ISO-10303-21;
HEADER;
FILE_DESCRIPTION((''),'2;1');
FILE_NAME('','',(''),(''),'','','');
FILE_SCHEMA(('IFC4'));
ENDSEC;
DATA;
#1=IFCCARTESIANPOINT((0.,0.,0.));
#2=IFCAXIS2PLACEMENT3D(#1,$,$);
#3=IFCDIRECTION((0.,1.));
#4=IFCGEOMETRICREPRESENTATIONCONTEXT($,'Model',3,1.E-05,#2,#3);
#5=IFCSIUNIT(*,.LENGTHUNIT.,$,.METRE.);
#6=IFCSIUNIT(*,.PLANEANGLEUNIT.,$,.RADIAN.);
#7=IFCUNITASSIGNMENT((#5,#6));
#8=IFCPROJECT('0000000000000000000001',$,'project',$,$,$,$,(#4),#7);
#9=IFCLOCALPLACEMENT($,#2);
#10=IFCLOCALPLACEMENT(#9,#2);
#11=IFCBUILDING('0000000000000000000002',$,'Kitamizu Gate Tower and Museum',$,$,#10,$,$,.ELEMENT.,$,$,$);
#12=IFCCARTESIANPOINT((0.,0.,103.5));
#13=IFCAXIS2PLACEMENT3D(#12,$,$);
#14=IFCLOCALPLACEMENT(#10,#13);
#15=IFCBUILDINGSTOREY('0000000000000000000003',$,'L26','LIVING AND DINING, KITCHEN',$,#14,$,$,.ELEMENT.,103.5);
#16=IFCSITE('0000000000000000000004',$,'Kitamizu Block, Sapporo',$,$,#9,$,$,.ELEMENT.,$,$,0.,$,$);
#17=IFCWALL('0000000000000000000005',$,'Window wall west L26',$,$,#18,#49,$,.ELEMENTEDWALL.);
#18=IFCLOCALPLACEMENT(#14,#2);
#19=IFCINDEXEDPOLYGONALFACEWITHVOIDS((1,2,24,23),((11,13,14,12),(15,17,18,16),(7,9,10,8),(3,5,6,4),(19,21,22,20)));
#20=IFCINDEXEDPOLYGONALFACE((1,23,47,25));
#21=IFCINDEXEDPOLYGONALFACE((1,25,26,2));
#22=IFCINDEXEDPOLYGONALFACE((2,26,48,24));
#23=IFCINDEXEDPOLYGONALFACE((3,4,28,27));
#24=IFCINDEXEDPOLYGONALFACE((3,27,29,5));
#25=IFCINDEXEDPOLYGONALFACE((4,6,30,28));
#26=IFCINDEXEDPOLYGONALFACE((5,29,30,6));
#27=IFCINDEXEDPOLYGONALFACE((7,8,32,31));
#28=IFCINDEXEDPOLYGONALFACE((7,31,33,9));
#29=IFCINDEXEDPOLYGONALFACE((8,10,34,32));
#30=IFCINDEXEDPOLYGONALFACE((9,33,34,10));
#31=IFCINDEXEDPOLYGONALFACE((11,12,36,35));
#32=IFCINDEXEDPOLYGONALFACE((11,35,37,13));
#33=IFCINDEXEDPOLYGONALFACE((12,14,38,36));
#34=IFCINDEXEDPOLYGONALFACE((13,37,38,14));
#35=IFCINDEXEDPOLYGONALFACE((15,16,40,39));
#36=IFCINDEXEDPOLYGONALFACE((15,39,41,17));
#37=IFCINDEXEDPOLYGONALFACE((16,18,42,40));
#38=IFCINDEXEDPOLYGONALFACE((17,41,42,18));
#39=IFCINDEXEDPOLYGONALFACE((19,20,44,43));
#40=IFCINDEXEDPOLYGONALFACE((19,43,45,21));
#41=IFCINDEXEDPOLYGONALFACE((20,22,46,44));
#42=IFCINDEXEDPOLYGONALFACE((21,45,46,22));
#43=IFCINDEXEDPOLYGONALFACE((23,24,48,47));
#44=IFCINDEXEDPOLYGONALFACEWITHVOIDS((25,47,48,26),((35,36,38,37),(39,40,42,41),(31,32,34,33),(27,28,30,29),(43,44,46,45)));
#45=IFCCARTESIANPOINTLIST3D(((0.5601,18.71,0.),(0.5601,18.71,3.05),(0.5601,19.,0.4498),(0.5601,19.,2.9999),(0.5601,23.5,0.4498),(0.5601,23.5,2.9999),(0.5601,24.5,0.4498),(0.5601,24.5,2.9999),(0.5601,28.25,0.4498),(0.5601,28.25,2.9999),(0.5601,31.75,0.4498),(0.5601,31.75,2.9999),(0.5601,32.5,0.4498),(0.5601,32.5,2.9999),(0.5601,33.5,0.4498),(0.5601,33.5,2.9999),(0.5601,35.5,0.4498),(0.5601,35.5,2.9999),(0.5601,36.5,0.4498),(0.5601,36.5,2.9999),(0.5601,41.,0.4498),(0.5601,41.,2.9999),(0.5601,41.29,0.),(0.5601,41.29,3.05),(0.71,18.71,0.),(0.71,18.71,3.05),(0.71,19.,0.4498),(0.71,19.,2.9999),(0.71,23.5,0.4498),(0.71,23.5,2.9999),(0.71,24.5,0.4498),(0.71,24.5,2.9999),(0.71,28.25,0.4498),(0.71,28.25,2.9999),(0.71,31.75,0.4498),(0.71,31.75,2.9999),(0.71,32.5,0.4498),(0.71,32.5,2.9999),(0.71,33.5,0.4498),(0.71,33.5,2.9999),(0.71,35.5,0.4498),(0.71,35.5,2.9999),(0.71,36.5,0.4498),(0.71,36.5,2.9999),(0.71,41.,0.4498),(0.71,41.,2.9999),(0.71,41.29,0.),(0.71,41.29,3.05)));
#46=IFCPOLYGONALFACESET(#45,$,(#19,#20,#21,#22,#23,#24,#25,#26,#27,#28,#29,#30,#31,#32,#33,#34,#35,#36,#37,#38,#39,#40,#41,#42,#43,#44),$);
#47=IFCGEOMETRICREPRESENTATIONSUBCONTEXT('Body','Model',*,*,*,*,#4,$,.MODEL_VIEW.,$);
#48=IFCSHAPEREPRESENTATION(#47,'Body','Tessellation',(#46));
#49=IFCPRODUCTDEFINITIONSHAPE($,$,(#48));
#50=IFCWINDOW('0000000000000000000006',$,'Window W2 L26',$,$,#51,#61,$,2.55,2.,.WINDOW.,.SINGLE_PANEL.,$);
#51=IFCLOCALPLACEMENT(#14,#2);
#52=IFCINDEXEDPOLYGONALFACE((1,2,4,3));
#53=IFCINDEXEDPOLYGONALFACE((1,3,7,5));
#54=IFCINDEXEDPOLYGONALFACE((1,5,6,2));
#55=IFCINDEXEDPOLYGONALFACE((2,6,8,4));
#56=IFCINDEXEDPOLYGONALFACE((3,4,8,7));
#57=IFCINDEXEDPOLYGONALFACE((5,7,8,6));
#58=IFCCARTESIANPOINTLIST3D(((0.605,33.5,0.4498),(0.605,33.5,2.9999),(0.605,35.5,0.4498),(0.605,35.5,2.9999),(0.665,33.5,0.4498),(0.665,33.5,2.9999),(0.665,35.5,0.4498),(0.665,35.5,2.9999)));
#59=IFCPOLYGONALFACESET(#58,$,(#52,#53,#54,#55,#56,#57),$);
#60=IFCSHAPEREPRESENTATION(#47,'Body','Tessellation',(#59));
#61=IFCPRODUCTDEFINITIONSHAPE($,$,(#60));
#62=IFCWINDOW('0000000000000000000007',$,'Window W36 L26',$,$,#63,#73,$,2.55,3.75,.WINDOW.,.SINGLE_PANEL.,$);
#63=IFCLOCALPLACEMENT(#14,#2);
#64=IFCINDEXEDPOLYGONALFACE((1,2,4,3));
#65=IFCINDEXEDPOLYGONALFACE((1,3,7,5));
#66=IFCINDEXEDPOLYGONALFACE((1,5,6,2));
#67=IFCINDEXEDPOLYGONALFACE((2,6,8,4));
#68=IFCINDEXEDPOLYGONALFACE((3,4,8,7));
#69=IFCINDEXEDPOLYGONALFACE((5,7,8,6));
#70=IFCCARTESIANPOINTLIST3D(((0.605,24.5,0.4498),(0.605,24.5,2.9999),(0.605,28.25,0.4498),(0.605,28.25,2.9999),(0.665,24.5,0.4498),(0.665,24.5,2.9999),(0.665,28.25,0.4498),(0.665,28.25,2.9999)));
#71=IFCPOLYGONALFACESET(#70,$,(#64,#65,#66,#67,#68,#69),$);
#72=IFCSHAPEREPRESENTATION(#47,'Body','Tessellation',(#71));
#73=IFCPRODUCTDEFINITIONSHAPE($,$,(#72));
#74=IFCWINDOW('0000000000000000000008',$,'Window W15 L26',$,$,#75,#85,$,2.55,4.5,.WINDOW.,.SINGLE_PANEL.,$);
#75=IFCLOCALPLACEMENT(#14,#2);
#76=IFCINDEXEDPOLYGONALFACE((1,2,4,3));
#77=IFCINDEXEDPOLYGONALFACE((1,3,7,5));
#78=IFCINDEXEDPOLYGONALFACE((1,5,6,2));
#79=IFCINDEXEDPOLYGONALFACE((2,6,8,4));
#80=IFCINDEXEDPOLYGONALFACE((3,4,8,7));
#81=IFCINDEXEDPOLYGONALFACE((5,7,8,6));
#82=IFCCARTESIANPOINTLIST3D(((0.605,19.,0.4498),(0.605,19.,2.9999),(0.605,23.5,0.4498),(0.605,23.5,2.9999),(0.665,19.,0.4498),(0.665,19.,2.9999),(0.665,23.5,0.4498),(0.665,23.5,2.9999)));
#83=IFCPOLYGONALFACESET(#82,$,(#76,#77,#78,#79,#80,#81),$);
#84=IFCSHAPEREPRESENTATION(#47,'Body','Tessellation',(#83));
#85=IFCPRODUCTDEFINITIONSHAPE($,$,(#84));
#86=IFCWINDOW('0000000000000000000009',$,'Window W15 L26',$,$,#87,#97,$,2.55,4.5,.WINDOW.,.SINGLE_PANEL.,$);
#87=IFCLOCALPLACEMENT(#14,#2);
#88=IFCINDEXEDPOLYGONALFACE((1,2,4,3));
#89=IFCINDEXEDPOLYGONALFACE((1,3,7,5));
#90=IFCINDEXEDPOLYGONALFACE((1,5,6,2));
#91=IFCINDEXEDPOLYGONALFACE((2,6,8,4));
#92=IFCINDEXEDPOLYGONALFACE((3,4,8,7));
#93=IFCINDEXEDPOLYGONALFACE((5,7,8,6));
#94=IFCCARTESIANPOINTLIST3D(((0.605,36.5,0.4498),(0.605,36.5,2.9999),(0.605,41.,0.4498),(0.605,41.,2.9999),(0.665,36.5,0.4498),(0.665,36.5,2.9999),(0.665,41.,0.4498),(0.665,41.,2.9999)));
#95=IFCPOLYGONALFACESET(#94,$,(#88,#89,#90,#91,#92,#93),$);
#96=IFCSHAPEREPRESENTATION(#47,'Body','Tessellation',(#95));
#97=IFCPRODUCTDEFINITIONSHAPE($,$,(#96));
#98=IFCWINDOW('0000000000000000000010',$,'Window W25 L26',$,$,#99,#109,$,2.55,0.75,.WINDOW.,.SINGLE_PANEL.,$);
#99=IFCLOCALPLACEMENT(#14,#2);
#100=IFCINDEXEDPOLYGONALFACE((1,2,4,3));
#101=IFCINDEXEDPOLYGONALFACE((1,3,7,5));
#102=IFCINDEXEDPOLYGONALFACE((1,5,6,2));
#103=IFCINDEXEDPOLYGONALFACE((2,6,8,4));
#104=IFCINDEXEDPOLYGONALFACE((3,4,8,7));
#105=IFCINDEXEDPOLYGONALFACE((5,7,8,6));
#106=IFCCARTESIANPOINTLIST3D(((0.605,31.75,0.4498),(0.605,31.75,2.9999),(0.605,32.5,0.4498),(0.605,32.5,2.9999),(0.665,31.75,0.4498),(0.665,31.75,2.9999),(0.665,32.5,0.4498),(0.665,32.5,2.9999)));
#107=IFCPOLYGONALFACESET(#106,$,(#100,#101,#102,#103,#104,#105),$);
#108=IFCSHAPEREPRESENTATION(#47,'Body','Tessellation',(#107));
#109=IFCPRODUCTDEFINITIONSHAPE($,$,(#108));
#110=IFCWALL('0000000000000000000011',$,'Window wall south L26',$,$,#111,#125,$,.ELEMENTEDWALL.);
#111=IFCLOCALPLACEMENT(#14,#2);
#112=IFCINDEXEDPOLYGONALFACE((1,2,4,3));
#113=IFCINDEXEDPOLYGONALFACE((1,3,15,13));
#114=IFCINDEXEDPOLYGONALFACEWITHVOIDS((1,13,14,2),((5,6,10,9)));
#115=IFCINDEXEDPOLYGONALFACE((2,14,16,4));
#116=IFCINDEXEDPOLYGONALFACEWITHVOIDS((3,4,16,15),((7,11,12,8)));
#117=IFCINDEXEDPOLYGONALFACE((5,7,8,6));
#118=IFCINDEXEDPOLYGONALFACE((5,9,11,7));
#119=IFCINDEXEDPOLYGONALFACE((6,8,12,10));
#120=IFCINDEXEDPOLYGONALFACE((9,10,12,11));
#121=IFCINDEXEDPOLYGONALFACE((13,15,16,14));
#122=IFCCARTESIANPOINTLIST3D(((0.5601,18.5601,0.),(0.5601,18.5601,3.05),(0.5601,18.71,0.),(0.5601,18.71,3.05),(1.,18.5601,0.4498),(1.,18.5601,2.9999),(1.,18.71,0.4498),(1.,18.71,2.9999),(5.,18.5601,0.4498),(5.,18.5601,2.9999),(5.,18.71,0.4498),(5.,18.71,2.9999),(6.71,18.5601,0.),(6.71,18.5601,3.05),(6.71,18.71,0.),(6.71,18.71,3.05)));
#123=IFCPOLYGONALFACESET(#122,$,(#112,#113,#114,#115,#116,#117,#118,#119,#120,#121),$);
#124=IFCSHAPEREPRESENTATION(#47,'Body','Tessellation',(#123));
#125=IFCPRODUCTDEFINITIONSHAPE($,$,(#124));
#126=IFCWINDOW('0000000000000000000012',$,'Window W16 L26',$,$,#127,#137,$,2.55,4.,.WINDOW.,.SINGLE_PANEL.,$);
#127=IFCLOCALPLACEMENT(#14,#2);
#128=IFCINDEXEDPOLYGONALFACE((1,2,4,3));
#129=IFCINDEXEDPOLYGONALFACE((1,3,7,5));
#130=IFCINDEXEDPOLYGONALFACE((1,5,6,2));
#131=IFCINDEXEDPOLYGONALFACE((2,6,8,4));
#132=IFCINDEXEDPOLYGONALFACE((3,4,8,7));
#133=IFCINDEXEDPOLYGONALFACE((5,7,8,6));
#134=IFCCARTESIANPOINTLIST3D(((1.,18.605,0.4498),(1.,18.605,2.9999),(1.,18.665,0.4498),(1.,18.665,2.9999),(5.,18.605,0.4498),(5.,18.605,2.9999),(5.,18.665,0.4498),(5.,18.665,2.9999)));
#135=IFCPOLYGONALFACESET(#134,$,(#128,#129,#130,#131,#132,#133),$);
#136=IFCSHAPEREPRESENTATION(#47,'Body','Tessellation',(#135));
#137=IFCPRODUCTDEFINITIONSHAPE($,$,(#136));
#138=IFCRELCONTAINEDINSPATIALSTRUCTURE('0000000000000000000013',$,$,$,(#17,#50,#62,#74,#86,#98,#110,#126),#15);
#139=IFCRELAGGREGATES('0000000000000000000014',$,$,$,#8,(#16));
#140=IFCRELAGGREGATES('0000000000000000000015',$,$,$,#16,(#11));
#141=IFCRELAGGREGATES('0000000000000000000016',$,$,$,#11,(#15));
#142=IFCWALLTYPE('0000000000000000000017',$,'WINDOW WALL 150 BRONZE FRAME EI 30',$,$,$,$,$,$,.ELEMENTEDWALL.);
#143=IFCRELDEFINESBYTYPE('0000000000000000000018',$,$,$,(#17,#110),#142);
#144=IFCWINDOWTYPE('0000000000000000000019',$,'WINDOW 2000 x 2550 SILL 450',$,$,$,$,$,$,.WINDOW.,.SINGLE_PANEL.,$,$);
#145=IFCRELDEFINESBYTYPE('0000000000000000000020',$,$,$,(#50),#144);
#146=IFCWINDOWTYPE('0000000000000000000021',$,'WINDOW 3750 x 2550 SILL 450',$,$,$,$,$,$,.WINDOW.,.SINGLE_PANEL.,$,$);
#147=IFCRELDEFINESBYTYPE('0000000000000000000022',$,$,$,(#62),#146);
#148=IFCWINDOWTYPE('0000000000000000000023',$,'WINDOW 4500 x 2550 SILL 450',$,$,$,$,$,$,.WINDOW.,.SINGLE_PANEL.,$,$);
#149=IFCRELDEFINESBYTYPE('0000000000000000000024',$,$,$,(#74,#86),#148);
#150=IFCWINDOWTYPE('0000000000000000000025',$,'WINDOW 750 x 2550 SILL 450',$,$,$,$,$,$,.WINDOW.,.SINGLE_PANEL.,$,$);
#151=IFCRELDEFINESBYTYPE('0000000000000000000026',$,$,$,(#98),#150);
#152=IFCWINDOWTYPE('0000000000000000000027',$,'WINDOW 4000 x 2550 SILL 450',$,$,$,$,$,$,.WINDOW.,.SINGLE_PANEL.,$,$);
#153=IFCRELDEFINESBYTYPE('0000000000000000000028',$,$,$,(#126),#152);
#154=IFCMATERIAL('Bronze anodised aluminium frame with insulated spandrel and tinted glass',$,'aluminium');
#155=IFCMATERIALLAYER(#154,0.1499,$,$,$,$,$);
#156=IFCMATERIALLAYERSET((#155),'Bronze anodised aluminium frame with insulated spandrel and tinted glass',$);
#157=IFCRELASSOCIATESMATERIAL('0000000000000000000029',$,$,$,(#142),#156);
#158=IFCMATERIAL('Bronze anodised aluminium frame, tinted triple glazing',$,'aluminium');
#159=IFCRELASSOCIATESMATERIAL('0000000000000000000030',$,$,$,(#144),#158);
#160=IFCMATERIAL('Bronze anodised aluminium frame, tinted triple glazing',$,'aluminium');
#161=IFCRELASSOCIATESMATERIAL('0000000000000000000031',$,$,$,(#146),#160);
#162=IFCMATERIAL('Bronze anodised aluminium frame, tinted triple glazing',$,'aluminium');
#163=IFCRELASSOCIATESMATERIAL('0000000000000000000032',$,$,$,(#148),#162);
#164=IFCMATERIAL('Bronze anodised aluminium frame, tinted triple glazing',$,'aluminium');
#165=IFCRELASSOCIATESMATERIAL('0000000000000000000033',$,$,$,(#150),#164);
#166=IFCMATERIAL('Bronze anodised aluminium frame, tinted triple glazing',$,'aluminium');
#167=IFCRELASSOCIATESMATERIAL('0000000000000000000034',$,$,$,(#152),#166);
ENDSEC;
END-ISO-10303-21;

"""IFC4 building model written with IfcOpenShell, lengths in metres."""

from ifc_helpers import new_model, si_unit, direction, frame, frame_2d, origin, place, context, subcontext, project, spatial, rectangle, extrude, material, layer, layer_set, type_object, element, fill, save


model = new_model("IFC4")

# Units and contexts
model_context = context("Model", 3, precision=1e-05, world=origin(), true_north=direction((0.0, 1.0)))
body_context = subcontext(model_context, "Body", "Model", "MODEL_VIEW")
ifc_project = project(units=[si_unit("LENGTHUNIT", "METRE"), si_unit("PLANEANGLEUNIT", "RADIAN")], contexts=[model_context])

# Site, building, storey
site_placement = place(None, origin())
site = spatial("IfcSite", under=ifc_project, at=site_placement, Name="Kitamizu Block, Sapporo", CompositionType="ELEMENT", RefElevation=0.0)
building_placement = place(site_placement, origin())
building = spatial("IfcBuilding", under=site, at=building_placement, Name="Kitamizu Gate Tower and Museum", CompositionType="ELEMENT")
storey_placement = place(building_placement, frame((0.0, 0.0, 103.5)))
storey = spatial("IfcBuildingStorey", under=building, at=storey_placement, Name="L26", Description="LIVING AND DINING, KITCHEN", CompositionType="ELEMENT", Elevation=103.5)

# Wall, openings, windows
ifc_material_1 = material(Name="Bronze anodised aluminium frame with insulated spandrel and tinted glass", Category="aluminium")
ifc_layer = layer(ifc_material_1, 0.1499)
ifc_layer_set = layer_set([ifc_layer], Name="Bronze anodised aluminium frame with insulated spandrel and tinted glass")
wall_type = type_object("IfcWallType", Name="WINDOW WALL 150 BRONZE FRAME EI 30", PredefinedType="ELEMENTEDWALL", material=ifc_layer_set)
wall_1_placement = place(storey_placement, frame((0.635, 18.71, 0.0), z_axis=(0.0, 0.0, 1.0), x_axis=(0.0, 1.0, 0.0)))
wall_1 = element("IfcWall", 1, at=wall_1_placement, inside=storey, type_object=wall_type, Name="Window wall west L26", PredefinedType="ELEMENTEDWALL", context=body_context, shape_type="SweptSolid", body=[
    extrude(rectangle(XDim=22.5801, YDim=0.1499, at=frame_2d((11.29, 0.0))), origin(), (0.0, 0.0, 1.0), 3.05),
])
opening_1_placement = place(wall_1_placement, frame((0.29, 0.0, 0.45)))
opening_1 = element("IfcOpeningElement", 2, at=opening_1_placement, cuts=wall_1, PredefinedType="OPENING", context=body_context, shape_type="SweptSolid", body=[
    extrude(rectangle(XDim=4.5, YDim=2.55, at=frame_2d((2.25, 1.2749))), frame((0.0, 0.085, 0.0), z_axis=(0.0, -1.0, 0.0), x_axis=(1.0, 0.0, 0.0)), (0.0, 0.0, 1.0), 0.1699),
])
opening_2_placement = place(wall_1_placement, frame((5.79, 0.0, 0.45)))
opening_2 = element("IfcOpeningElement", 3, at=opening_2_placement, cuts=wall_1, PredefinedType="OPENING", context=body_context, shape_type="SweptSolid", body=[
    extrude(rectangle(XDim=3.75, YDim=2.55, at=frame_2d((1.875, 1.2749))), frame((0.0, 0.085, 0.0), z_axis=(0.0, -1.0, 0.0), x_axis=(1.0, 0.0, 0.0)), (0.0, 0.0, 1.0), 0.1699),
])
opening_3_placement = place(wall_1_placement, frame((13.04, 0.0, 0.45)))
opening_3 = element("IfcOpeningElement", 4, at=opening_3_placement, cuts=wall_1, PredefinedType="OPENING", context=body_context, shape_type="SweptSolid", body=[
    extrude(rectangle(XDim=0.75, YDim=2.55, at=frame_2d((0.375, 1.2749))), frame((0.0, 0.085, 0.0), z_axis=(0.0, -1.0, 0.0), x_axis=(1.0, 0.0, 0.0)), (0.0, 0.0, 1.0), 0.1699),
])
opening_4_placement = place(wall_1_placement, frame((14.79, 0.0, 0.45)))
opening_4 = element("IfcOpeningElement", 5, at=opening_4_placement, cuts=wall_1, PredefinedType="OPENING", context=body_context, shape_type="SweptSolid", body=[
    extrude(rectangle(XDim=2.0, YDim=2.55, at=frame_2d((1.0, 1.2749))), frame((0.0, 0.085, 0.0), z_axis=(0.0, -1.0, 0.0), x_axis=(1.0, 0.0, 0.0)), (0.0, 0.0, 1.0), 0.1699),
])
opening_5_placement = place(wall_1_placement, frame((17.79, 0.0, 0.45)))
opening_5 = element("IfcOpeningElement", 6, at=opening_5_placement, cuts=wall_1, PredefinedType="OPENING", context=body_context, shape_type="SweptSolid", body=[
    extrude(rectangle(XDim=4.5, YDim=2.55, at=frame_2d((2.25, 1.2749))), frame((0.0, 0.085, 0.0), z_axis=(0.0, -1.0, 0.0), x_axis=(1.0, 0.0, 0.0)), (0.0, 0.0, 1.0), 0.1699),
])
ifc_material_2 = material(Name="Bronze anodised aluminium frame, tinted triple glazing", Category="aluminium")
window_type_1 = type_object("IfcWindowType", Name="WINDOW 2000 x 2550 SILL 450", PartitioningType="SINGLE_PANEL", PredefinedType="WINDOW", material=ifc_material_2)
window_1_placement = place(opening_4_placement, origin())
window_1 = element("IfcWindow", 7, at=window_1_placement, inside=storey, type_object=window_type_1, Name="Window W2 L26", OverallHeight=2.55, OverallWidth=2.0, PartitioningType="SINGLE_PANEL", PredefinedType="WINDOW", context=body_context, shape_type="SweptSolid", body=[
    extrude(rectangle(XDim=2.0, YDim=2.55, at=frame_2d((1.0, 1.2749))), frame((0.0, 0.03, 0.0), z_axis=(0.0, -1.0, 0.0), x_axis=(1.0, 0.0, 0.0)), (0.0, 0.0, 1.0), 0.0601),
])
fill(opening_4, window_1)
ifc_material_3 = material(Name="Bronze anodised aluminium frame, tinted triple glazing", Category="aluminium")
window_type_2 = type_object("IfcWindowType", Name="WINDOW 3750 x 2550 SILL 450", PartitioningType="SINGLE_PANEL", PredefinedType="WINDOW", material=ifc_material_3)
window_2_placement = place(opening_2_placement, origin())
window_2 = element("IfcWindow", 8, at=window_2_placement, inside=storey, type_object=window_type_2, Name="Window W36 L26", OverallHeight=2.55, OverallWidth=3.75, PartitioningType="SINGLE_PANEL", PredefinedType="WINDOW", context=body_context, shape_type="SweptSolid", body=[
    extrude(rectangle(XDim=3.75, YDim=2.55, at=frame_2d((1.875, 1.2749))), frame((0.0, 0.03, 0.0), z_axis=(0.0, -1.0, 0.0), x_axis=(1.0, 0.0, 0.0)), (0.0, 0.0, 1.0), 0.0601),
])
fill(opening_2, window_2)
ifc_material_4 = material(Name="Bronze anodised aluminium frame, tinted triple glazing", Category="aluminium")
window_type_3 = type_object("IfcWindowType", Name="WINDOW 4500 x 2550 SILL 450", PartitioningType="SINGLE_PANEL", PredefinedType="WINDOW", material=ifc_material_4)
window_3_placement = place(opening_1_placement, origin())
window_3 = element("IfcWindow", 9, at=window_3_placement, inside=storey, type_object=window_type_3, Name="Window W15 L26", OverallHeight=2.55, OverallWidth=4.5, PartitioningType="SINGLE_PANEL", PredefinedType="WINDOW", context=body_context, shape_type="SweptSolid", body=[
    extrude(rectangle(XDim=4.5, YDim=2.55, at=frame_2d((2.25, 1.2749))), frame((0.0, 0.03, 0.0), z_axis=(0.0, -1.0, 0.0), x_axis=(1.0, 0.0, 0.0)), (0.0, 0.0, 1.0), 0.0601),
])
fill(opening_1, window_3)
window_4_placement = place(opening_5_placement, origin())
window_4 = element("IfcWindow", 10, at=window_4_placement, inside=storey, type_object=window_type_3, Name="Window W15 L26", OverallHeight=2.55, OverallWidth=4.5, PartitioningType="SINGLE_PANEL", PredefinedType="WINDOW", context=body_context, shape_type="SweptSolid", body=[
    extrude(rectangle(XDim=4.5, YDim=2.55, at=frame_2d((2.25, 1.2749))), frame((0.0, 0.03, 0.0), z_axis=(0.0, -1.0, 0.0), x_axis=(1.0, 0.0, 0.0)), (0.0, 0.0, 1.0), 0.0601),
])
fill(opening_5, window_4)
ifc_material_5 = material(Name="Bronze anodised aluminium frame, tinted triple glazing", Category="aluminium")
window_type_4 = type_object("IfcWindowType", Name="WINDOW 750 x 2550 SILL 450", PartitioningType="SINGLE_PANEL", PredefinedType="WINDOW", material=ifc_material_5)
window_5_placement = place(opening_3_placement, origin())
window_5 = element("IfcWindow", 11, at=window_5_placement, inside=storey, type_object=window_type_4, Name="Window W25 L26", OverallHeight=2.55, OverallWidth=0.75, PartitioningType="SINGLE_PANEL", PredefinedType="WINDOW", context=body_context, shape_type="SweptSolid", body=[
    extrude(rectangle(XDim=0.75, YDim=2.55, at=frame_2d((0.375, 1.2749))), frame((0.0, 0.03, 0.0), z_axis=(0.0, -1.0, 0.0), x_axis=(1.0, 0.0, 0.0)), (0.0, 0.0, 1.0), 0.0601),
])
fill(opening_3, window_5)

# Wall, opening, window
wall_2_placement = place(storey_placement, frame((0.5601, 18.635, 0.0), z_axis=(0.0, 0.0, 1.0), x_axis=(1.0, 0.0, 0.0)))
wall_2 = element("IfcWall", 12, at=wall_2_placement, inside=storey, type_object=wall_type, Name="Window wall south L26", PredefinedType="ELEMENTEDWALL", context=body_context, shape_type="SweptSolid", body=[
    extrude(rectangle(XDim=6.1499, YDim=0.1499, at=frame_2d((3.075, 0.0))), origin(), (0.0, 0.0, 1.0), 3.05),
])
opening_6_placement = place(wall_2_placement, frame((0.4399, 0.0, 0.45)))
opening_6 = element("IfcOpeningElement", 13, at=opening_6_placement, cuts=wall_2, PredefinedType="OPENING", context=body_context, shape_type="SweptSolid", body=[
    extrude(rectangle(XDim=4.0, YDim=2.55, at=frame_2d((2.0, 1.2749))), frame((0.0, 0.085, 0.0), z_axis=(0.0, -1.0, 0.0), x_axis=(1.0, 0.0, 0.0)), (0.0, 0.0, 1.0), 0.1699),
])
ifc_material_6 = material(Name="Bronze anodised aluminium frame, tinted triple glazing", Category="aluminium")
window_type_5 = type_object("IfcWindowType", Name="WINDOW 4000 x 2550 SILL 450", PartitioningType="SINGLE_PANEL", PredefinedType="WINDOW", material=ifc_material_6)
window_6_placement = place(opening_6_placement, origin())
window_6 = element("IfcWindow", 14, at=window_6_placement, inside=storey, type_object=window_type_5, Name="Window W16 L26", OverallHeight=2.55, OverallWidth=4.0, PartitioningType="SINGLE_PANEL", PredefinedType="WINDOW", context=body_context, shape_type="SweptSolid", body=[
    extrude(rectangle(XDim=4.0, YDim=2.55, at=frame_2d((2.0, 1.2749))), frame((0.0, 0.03, 0.0), z_axis=(0.0, -1.0, 0.0), x_axis=(1.0, 0.0, 0.0)), (0.0, 0.0, 1.0), 0.0601),
])
fill(opening_6, window_6)

save(model, "model.ifc")
